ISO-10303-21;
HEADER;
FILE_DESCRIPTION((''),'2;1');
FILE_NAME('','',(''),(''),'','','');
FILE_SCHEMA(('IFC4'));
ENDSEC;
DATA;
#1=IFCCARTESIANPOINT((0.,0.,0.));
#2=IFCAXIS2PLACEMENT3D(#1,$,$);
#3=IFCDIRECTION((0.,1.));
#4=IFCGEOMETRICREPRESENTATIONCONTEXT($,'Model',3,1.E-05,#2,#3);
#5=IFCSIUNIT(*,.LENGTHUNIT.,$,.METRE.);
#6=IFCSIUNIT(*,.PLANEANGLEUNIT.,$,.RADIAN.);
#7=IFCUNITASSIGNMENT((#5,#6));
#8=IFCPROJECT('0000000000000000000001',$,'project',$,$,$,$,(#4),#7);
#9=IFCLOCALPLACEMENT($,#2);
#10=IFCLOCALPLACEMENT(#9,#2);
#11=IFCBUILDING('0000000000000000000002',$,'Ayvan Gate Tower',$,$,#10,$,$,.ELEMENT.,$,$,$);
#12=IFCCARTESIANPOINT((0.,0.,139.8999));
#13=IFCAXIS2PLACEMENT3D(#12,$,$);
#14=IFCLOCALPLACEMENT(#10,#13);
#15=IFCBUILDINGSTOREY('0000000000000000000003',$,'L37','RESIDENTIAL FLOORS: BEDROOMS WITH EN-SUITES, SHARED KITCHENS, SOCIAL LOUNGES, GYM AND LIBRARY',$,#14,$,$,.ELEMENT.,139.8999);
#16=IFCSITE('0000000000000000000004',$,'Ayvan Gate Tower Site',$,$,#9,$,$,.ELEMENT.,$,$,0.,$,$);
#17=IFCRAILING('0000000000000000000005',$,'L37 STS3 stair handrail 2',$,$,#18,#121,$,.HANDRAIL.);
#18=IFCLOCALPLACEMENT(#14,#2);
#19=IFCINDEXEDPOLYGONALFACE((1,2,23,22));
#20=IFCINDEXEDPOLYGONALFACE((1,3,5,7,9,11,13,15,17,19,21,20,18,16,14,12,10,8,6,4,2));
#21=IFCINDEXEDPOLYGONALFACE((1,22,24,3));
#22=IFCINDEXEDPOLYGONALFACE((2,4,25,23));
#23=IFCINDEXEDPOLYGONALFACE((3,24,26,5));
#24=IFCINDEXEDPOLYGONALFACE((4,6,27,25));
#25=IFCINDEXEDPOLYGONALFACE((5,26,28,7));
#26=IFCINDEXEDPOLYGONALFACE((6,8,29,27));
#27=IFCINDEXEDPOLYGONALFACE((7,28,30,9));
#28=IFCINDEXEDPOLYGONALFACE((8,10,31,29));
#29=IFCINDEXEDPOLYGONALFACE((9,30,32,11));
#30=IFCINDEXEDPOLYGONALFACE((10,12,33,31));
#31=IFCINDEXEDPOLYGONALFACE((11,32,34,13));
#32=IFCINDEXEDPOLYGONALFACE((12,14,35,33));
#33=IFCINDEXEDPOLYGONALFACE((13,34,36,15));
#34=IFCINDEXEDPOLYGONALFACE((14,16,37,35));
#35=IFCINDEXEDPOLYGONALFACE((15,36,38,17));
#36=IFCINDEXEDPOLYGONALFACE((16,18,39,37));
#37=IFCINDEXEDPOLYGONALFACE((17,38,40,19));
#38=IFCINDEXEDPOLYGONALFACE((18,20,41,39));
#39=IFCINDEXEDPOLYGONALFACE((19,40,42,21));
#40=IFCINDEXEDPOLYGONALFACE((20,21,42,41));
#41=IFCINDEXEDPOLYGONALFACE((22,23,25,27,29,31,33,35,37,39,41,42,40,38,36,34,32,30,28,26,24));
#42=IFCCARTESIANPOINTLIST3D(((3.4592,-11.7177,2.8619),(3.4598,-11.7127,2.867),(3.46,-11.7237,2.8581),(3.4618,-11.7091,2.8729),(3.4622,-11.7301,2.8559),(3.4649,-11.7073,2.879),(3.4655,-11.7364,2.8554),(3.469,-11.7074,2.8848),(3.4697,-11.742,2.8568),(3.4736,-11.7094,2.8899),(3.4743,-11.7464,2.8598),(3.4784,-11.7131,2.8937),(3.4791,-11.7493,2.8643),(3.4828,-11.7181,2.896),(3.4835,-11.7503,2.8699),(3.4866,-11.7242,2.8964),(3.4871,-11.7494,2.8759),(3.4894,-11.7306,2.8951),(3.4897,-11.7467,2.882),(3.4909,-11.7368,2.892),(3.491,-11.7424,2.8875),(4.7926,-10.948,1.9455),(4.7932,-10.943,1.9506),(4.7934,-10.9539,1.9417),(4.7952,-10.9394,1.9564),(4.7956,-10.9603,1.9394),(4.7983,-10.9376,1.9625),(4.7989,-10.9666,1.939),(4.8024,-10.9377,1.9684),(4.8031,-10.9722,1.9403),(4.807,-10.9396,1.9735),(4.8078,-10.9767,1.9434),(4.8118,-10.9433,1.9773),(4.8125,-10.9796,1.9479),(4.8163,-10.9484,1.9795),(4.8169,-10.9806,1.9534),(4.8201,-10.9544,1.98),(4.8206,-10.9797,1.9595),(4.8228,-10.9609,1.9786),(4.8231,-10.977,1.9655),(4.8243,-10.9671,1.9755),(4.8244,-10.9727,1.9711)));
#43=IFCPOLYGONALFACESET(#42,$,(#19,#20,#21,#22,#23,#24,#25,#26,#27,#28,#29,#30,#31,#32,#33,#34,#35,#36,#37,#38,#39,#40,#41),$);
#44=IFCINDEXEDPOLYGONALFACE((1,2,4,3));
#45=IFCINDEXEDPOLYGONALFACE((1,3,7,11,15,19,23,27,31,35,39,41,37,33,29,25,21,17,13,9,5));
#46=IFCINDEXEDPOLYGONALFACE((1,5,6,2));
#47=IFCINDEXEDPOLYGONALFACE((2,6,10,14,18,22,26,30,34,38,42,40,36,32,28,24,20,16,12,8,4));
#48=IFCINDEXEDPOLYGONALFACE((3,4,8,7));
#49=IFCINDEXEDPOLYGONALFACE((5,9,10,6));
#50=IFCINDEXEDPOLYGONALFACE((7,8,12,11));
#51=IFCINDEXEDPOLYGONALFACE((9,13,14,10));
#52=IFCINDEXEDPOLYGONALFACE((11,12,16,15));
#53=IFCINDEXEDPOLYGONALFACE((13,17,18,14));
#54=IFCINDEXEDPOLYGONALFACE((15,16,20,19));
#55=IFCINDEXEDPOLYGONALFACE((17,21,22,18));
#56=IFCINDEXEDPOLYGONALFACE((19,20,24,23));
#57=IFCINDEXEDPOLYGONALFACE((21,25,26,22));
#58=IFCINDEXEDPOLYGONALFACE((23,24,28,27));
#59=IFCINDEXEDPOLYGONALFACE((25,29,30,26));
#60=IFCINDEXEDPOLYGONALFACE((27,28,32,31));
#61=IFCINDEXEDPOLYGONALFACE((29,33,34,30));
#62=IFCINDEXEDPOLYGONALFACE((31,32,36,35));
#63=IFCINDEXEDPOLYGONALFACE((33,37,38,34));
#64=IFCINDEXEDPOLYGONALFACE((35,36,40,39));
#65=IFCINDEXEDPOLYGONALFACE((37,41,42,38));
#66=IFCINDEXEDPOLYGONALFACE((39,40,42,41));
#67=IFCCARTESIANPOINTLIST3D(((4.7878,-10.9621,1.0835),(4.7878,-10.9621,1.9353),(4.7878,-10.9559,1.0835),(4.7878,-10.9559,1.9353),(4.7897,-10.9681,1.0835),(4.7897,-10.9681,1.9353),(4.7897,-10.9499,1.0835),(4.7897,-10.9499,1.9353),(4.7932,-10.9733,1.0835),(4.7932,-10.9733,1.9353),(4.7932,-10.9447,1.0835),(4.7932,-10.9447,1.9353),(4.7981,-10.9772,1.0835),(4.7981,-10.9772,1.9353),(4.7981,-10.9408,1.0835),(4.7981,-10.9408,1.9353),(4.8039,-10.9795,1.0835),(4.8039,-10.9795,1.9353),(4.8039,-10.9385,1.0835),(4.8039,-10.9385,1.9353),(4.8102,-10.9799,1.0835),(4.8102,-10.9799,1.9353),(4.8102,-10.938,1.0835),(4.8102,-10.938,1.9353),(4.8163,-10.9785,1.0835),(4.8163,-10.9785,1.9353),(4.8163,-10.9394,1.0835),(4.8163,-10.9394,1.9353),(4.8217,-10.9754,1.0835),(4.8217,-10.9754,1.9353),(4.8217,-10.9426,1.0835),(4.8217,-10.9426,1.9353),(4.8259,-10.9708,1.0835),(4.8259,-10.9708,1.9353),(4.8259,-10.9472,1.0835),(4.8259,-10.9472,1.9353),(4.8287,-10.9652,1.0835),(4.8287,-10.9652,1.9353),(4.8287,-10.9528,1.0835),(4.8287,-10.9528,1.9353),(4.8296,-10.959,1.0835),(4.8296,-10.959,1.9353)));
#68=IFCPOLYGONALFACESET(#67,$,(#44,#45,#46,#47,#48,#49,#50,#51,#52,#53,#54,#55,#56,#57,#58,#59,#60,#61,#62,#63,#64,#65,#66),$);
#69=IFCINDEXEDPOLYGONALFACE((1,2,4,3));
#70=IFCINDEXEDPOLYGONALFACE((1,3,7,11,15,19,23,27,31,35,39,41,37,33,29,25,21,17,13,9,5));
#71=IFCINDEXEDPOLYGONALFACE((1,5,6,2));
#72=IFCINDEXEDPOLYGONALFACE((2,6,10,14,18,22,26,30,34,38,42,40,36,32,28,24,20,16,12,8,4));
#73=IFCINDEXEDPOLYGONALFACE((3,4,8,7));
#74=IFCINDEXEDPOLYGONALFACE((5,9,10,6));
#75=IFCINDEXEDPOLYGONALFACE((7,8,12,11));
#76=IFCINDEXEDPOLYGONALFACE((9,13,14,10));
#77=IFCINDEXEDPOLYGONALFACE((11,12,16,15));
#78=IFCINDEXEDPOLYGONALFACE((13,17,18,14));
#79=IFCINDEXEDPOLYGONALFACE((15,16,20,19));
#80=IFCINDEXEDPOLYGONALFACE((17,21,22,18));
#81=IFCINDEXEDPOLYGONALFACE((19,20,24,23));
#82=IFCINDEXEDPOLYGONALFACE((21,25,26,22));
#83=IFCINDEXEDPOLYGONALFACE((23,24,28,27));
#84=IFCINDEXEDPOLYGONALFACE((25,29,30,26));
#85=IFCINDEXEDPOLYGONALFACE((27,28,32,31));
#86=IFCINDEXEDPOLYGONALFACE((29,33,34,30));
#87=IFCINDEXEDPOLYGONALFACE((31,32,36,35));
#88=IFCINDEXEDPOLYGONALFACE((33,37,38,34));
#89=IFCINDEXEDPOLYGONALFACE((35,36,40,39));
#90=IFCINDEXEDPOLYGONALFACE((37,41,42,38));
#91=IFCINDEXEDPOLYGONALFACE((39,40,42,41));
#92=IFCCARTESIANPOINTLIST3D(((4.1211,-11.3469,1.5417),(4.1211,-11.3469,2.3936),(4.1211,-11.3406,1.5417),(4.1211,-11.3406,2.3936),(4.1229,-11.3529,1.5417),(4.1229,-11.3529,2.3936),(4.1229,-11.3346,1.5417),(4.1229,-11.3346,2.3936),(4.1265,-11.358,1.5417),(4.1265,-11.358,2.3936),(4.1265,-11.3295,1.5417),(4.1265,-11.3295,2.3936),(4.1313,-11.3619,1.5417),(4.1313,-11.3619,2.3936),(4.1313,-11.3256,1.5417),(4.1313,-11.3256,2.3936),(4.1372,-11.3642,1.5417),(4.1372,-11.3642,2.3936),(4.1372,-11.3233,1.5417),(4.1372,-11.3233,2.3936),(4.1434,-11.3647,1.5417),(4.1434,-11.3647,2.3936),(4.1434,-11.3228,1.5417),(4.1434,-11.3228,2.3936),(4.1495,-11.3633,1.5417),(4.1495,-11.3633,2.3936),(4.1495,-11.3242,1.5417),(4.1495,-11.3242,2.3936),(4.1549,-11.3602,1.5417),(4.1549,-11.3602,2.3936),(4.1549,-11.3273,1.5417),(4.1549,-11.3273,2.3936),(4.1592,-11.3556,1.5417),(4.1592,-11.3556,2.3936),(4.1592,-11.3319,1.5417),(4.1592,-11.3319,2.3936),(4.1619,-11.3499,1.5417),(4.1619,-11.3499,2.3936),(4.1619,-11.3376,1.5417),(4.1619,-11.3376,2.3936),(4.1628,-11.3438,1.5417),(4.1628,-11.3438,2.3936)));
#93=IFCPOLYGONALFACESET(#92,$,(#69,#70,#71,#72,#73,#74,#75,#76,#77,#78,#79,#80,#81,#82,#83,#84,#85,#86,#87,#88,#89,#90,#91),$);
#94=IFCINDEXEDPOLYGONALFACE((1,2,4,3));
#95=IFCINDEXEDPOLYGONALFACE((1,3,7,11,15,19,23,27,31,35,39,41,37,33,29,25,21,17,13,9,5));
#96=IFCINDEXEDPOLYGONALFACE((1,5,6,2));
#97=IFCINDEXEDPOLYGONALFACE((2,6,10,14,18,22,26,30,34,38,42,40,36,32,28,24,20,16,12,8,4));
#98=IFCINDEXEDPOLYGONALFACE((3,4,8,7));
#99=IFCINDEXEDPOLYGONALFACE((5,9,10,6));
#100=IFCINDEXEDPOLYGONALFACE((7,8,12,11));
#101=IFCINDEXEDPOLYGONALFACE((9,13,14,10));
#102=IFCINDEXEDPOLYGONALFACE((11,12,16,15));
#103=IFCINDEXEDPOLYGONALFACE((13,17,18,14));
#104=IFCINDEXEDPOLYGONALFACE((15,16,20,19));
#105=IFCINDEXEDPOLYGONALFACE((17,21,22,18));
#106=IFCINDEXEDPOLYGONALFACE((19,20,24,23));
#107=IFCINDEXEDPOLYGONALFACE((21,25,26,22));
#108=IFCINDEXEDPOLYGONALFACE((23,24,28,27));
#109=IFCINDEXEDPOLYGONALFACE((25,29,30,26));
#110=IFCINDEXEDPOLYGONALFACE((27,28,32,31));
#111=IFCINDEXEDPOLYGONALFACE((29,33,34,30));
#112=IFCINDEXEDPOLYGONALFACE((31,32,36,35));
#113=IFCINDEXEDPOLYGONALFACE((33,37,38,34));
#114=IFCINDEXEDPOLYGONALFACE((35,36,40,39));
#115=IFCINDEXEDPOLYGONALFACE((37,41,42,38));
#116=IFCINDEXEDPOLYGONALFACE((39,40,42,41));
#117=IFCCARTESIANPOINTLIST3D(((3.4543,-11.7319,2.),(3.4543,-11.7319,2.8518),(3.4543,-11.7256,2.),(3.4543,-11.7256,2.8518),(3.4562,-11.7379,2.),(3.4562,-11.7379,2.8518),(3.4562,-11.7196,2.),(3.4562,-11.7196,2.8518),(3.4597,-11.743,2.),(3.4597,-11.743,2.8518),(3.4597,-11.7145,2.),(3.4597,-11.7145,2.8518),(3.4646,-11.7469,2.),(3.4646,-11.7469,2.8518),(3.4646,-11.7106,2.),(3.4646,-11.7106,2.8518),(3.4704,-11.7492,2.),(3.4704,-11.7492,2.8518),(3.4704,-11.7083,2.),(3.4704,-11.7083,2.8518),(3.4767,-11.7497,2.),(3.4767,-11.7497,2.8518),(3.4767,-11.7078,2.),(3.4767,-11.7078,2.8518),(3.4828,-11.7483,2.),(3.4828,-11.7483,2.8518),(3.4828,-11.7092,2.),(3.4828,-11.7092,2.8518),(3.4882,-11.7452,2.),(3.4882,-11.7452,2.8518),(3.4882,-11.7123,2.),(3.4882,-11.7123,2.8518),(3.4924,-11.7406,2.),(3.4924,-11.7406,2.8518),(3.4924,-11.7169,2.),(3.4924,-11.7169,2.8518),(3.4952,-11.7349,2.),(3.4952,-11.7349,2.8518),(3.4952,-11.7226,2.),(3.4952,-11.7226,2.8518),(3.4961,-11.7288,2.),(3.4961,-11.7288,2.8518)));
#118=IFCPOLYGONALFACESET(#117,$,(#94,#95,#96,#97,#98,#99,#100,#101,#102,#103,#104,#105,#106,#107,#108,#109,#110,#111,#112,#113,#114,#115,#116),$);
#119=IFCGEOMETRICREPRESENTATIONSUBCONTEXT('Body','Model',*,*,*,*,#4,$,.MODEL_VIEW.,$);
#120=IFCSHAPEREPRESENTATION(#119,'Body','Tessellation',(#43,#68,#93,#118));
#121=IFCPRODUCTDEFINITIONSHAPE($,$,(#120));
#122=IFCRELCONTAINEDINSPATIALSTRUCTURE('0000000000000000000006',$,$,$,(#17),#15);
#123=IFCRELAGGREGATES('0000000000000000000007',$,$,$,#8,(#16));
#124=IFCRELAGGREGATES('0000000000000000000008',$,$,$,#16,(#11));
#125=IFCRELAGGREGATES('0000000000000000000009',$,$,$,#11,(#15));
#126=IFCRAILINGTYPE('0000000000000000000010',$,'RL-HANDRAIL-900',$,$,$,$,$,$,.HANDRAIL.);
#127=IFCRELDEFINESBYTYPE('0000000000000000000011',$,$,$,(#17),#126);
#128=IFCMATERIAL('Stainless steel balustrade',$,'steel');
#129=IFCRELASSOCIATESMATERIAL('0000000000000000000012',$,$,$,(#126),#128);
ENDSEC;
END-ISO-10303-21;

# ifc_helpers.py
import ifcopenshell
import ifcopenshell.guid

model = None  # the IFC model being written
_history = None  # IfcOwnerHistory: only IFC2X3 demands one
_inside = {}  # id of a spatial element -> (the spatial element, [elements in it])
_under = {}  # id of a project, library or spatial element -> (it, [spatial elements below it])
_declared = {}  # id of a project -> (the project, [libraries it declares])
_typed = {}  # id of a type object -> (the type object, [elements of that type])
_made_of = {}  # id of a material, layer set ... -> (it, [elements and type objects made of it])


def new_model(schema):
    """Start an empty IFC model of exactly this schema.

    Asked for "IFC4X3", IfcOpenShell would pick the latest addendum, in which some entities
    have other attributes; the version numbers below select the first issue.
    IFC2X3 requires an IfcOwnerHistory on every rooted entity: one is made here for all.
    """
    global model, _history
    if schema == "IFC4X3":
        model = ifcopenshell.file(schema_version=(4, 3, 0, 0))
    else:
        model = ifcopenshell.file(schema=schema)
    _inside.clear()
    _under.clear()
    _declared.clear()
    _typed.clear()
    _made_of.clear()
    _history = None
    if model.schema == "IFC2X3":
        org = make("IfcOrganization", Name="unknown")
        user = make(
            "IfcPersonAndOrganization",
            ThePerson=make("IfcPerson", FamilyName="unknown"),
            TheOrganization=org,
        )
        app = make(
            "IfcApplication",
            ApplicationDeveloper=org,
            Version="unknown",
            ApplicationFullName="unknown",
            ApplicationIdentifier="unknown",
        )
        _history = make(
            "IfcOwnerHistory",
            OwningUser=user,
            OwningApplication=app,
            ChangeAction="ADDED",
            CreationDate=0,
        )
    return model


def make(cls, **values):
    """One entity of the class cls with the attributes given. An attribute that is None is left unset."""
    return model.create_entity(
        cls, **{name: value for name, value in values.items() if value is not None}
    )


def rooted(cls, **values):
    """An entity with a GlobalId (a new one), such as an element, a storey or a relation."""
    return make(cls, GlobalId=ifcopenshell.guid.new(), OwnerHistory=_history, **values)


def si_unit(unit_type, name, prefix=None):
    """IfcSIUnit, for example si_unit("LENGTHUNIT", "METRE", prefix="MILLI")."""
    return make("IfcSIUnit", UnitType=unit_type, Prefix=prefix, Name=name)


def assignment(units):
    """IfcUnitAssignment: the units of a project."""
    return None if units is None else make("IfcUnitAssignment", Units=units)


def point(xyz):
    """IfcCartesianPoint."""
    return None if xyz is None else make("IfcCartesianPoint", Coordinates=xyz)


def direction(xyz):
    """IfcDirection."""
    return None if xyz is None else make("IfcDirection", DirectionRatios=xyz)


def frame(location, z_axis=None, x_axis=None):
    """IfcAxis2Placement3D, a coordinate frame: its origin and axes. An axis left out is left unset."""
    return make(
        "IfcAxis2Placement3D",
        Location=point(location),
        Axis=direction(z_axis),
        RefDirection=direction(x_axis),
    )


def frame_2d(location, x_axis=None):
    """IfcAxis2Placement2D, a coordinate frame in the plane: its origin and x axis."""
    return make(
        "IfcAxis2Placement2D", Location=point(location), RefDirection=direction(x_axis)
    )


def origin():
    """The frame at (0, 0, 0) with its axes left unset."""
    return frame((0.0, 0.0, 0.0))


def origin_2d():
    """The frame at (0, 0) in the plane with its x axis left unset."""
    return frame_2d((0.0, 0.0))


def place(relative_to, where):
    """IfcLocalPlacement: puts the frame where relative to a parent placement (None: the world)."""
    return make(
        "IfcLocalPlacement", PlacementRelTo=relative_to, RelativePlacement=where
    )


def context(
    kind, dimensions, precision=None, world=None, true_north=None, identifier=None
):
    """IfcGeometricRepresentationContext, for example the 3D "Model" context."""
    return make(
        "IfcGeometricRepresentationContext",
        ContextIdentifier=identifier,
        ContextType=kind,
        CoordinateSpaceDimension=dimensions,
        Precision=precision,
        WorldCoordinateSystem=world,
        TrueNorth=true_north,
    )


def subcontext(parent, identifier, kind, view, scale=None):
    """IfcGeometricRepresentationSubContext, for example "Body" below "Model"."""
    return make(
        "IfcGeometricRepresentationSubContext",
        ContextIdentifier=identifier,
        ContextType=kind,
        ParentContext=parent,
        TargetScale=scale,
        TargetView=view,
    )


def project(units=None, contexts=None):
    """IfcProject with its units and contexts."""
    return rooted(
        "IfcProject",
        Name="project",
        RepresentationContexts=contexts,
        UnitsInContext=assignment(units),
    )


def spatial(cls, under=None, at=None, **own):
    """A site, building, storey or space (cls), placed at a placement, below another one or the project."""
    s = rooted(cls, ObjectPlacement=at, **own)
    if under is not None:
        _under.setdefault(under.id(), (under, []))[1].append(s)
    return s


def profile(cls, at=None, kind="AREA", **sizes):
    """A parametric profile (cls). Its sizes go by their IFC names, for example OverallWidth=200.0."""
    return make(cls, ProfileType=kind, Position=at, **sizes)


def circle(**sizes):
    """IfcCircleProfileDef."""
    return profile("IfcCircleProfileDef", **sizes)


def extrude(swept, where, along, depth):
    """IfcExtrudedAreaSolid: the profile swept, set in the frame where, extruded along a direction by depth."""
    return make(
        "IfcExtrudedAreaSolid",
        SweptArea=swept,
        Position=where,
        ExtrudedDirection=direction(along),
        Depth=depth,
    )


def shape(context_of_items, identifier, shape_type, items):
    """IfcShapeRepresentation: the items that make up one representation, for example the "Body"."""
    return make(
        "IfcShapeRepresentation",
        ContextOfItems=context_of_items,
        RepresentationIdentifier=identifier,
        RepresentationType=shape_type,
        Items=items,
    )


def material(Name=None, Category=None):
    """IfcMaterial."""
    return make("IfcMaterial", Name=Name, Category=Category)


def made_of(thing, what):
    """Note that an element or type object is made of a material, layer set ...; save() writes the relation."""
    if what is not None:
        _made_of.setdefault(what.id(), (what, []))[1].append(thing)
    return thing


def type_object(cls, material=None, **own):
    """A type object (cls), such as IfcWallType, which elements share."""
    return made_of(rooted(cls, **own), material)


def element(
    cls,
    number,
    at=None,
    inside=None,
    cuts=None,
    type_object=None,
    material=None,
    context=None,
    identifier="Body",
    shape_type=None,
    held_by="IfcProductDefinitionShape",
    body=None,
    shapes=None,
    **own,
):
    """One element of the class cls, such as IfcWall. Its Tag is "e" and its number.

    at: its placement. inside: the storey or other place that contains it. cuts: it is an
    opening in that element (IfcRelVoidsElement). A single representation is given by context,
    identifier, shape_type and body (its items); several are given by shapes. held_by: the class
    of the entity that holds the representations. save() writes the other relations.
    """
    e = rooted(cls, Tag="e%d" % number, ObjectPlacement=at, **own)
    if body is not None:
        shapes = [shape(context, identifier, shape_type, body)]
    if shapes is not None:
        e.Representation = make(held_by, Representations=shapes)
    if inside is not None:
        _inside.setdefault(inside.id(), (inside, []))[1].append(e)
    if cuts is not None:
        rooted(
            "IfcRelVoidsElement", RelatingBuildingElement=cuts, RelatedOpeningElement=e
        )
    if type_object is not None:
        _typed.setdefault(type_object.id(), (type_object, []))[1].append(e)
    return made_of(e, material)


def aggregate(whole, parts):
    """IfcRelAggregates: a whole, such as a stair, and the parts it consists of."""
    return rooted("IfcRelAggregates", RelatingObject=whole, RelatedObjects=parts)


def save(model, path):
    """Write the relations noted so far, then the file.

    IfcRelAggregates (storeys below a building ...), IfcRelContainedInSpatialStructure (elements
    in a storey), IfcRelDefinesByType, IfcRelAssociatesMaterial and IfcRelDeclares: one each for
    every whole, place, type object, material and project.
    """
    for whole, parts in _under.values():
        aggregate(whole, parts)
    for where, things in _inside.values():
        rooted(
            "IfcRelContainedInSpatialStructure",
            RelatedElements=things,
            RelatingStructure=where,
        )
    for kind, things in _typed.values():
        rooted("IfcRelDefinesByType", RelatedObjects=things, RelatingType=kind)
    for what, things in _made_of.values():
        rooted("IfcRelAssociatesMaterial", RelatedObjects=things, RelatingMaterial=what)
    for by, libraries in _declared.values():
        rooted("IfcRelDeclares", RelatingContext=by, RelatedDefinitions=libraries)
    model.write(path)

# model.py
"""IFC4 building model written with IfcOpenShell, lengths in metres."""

from ifc_helpers import new_model, si_unit, direction, frame, origin, origin_2d, place, context, subcontext, project, spatial, circle, extrude, material, type_object, element, save


model = new_model("IFC4")

# Units and contexts
model_context = context("Model", 3, precision=1e-05, world=origin(), true_north=direction((0.0, 1.0)))
body_context = subcontext(model_context, "Body", "Model", "MODEL_VIEW")
ifc_project = project(units=[si_unit("LENGTHUNIT", "METRE"), si_unit("PLANEANGLEUNIT", "RADIAN")], contexts=[model_context])

# Site, building, storey
site_placement = place(None, origin())
site = spatial("IfcSite", under=ifc_project, at=site_placement, Name="Ayvan Gate Tower Site", CompositionType="ELEMENT", RefElevation=0.0)
building_placement = place(site_placement, origin())
building = spatial("IfcBuilding", under=site, at=building_placement, Name="Ayvan Gate Tower", CompositionType="ELEMENT")
storey_placement = place(building_placement, frame((0.0, 0.0, 139.8999)))
storey = spatial("IfcBuildingStorey", under=building, at=storey_placement, Name="L37", Description="RESIDENTIAL FLOORS: BEDROOMS WITH EN-SUITES, SHARED KITCHENS, SOCIAL LOUNGES, GYM AND LIBRARY", CompositionType="ELEMENT", Elevation=139.8999)

# Railing
ifc_material_1 = material(Name="Stainless steel balustrade", Category="steel")
railing_type_1 = type_object("IfcRailingType", Name="RL-HANDRAIL-900", PredefinedType="HANDRAIL", material=ifc_material_1)
railing_1_placement = place(storey_placement, frame((4.8086, -10.959, 1.0835)))
element("IfcRailing", 1, at=railing_1_placement, inside=storey, type_object=railing_type_1, Name="L37 STS3 stair handrail 2", PredefinedType="HANDRAIL", context=body_context, shape_type="SweptSolid", body=[
    extrude(circle(Radius=0.0239, at=origin_2d()), frame((0.0, 0.0, 0.876), z_axis=(-0.744199, -0.429597, 0.511483), x_axis=(0.499942, -0.866059, 0.0)), (0.0, 0.0, 1.0), 1.7917),
    extrude(circle(Radius=0.021, at=origin_2d()), origin(), (0.0, 0.0, 1.0), 0.8518),
    extrude(circle(Radius=0.021, at=origin_2d()), frame((-0.6667, -0.3848, 0.4583)), (0.0, 0.0, 1.0), 0.8518),
    extrude(circle(Radius=0.021, at=origin_2d()), frame((-1.3335, -0.7698, 0.9165)), (0.0, 0.0, 1.0), 0.8518),
])

save(model, "model.ifc")
